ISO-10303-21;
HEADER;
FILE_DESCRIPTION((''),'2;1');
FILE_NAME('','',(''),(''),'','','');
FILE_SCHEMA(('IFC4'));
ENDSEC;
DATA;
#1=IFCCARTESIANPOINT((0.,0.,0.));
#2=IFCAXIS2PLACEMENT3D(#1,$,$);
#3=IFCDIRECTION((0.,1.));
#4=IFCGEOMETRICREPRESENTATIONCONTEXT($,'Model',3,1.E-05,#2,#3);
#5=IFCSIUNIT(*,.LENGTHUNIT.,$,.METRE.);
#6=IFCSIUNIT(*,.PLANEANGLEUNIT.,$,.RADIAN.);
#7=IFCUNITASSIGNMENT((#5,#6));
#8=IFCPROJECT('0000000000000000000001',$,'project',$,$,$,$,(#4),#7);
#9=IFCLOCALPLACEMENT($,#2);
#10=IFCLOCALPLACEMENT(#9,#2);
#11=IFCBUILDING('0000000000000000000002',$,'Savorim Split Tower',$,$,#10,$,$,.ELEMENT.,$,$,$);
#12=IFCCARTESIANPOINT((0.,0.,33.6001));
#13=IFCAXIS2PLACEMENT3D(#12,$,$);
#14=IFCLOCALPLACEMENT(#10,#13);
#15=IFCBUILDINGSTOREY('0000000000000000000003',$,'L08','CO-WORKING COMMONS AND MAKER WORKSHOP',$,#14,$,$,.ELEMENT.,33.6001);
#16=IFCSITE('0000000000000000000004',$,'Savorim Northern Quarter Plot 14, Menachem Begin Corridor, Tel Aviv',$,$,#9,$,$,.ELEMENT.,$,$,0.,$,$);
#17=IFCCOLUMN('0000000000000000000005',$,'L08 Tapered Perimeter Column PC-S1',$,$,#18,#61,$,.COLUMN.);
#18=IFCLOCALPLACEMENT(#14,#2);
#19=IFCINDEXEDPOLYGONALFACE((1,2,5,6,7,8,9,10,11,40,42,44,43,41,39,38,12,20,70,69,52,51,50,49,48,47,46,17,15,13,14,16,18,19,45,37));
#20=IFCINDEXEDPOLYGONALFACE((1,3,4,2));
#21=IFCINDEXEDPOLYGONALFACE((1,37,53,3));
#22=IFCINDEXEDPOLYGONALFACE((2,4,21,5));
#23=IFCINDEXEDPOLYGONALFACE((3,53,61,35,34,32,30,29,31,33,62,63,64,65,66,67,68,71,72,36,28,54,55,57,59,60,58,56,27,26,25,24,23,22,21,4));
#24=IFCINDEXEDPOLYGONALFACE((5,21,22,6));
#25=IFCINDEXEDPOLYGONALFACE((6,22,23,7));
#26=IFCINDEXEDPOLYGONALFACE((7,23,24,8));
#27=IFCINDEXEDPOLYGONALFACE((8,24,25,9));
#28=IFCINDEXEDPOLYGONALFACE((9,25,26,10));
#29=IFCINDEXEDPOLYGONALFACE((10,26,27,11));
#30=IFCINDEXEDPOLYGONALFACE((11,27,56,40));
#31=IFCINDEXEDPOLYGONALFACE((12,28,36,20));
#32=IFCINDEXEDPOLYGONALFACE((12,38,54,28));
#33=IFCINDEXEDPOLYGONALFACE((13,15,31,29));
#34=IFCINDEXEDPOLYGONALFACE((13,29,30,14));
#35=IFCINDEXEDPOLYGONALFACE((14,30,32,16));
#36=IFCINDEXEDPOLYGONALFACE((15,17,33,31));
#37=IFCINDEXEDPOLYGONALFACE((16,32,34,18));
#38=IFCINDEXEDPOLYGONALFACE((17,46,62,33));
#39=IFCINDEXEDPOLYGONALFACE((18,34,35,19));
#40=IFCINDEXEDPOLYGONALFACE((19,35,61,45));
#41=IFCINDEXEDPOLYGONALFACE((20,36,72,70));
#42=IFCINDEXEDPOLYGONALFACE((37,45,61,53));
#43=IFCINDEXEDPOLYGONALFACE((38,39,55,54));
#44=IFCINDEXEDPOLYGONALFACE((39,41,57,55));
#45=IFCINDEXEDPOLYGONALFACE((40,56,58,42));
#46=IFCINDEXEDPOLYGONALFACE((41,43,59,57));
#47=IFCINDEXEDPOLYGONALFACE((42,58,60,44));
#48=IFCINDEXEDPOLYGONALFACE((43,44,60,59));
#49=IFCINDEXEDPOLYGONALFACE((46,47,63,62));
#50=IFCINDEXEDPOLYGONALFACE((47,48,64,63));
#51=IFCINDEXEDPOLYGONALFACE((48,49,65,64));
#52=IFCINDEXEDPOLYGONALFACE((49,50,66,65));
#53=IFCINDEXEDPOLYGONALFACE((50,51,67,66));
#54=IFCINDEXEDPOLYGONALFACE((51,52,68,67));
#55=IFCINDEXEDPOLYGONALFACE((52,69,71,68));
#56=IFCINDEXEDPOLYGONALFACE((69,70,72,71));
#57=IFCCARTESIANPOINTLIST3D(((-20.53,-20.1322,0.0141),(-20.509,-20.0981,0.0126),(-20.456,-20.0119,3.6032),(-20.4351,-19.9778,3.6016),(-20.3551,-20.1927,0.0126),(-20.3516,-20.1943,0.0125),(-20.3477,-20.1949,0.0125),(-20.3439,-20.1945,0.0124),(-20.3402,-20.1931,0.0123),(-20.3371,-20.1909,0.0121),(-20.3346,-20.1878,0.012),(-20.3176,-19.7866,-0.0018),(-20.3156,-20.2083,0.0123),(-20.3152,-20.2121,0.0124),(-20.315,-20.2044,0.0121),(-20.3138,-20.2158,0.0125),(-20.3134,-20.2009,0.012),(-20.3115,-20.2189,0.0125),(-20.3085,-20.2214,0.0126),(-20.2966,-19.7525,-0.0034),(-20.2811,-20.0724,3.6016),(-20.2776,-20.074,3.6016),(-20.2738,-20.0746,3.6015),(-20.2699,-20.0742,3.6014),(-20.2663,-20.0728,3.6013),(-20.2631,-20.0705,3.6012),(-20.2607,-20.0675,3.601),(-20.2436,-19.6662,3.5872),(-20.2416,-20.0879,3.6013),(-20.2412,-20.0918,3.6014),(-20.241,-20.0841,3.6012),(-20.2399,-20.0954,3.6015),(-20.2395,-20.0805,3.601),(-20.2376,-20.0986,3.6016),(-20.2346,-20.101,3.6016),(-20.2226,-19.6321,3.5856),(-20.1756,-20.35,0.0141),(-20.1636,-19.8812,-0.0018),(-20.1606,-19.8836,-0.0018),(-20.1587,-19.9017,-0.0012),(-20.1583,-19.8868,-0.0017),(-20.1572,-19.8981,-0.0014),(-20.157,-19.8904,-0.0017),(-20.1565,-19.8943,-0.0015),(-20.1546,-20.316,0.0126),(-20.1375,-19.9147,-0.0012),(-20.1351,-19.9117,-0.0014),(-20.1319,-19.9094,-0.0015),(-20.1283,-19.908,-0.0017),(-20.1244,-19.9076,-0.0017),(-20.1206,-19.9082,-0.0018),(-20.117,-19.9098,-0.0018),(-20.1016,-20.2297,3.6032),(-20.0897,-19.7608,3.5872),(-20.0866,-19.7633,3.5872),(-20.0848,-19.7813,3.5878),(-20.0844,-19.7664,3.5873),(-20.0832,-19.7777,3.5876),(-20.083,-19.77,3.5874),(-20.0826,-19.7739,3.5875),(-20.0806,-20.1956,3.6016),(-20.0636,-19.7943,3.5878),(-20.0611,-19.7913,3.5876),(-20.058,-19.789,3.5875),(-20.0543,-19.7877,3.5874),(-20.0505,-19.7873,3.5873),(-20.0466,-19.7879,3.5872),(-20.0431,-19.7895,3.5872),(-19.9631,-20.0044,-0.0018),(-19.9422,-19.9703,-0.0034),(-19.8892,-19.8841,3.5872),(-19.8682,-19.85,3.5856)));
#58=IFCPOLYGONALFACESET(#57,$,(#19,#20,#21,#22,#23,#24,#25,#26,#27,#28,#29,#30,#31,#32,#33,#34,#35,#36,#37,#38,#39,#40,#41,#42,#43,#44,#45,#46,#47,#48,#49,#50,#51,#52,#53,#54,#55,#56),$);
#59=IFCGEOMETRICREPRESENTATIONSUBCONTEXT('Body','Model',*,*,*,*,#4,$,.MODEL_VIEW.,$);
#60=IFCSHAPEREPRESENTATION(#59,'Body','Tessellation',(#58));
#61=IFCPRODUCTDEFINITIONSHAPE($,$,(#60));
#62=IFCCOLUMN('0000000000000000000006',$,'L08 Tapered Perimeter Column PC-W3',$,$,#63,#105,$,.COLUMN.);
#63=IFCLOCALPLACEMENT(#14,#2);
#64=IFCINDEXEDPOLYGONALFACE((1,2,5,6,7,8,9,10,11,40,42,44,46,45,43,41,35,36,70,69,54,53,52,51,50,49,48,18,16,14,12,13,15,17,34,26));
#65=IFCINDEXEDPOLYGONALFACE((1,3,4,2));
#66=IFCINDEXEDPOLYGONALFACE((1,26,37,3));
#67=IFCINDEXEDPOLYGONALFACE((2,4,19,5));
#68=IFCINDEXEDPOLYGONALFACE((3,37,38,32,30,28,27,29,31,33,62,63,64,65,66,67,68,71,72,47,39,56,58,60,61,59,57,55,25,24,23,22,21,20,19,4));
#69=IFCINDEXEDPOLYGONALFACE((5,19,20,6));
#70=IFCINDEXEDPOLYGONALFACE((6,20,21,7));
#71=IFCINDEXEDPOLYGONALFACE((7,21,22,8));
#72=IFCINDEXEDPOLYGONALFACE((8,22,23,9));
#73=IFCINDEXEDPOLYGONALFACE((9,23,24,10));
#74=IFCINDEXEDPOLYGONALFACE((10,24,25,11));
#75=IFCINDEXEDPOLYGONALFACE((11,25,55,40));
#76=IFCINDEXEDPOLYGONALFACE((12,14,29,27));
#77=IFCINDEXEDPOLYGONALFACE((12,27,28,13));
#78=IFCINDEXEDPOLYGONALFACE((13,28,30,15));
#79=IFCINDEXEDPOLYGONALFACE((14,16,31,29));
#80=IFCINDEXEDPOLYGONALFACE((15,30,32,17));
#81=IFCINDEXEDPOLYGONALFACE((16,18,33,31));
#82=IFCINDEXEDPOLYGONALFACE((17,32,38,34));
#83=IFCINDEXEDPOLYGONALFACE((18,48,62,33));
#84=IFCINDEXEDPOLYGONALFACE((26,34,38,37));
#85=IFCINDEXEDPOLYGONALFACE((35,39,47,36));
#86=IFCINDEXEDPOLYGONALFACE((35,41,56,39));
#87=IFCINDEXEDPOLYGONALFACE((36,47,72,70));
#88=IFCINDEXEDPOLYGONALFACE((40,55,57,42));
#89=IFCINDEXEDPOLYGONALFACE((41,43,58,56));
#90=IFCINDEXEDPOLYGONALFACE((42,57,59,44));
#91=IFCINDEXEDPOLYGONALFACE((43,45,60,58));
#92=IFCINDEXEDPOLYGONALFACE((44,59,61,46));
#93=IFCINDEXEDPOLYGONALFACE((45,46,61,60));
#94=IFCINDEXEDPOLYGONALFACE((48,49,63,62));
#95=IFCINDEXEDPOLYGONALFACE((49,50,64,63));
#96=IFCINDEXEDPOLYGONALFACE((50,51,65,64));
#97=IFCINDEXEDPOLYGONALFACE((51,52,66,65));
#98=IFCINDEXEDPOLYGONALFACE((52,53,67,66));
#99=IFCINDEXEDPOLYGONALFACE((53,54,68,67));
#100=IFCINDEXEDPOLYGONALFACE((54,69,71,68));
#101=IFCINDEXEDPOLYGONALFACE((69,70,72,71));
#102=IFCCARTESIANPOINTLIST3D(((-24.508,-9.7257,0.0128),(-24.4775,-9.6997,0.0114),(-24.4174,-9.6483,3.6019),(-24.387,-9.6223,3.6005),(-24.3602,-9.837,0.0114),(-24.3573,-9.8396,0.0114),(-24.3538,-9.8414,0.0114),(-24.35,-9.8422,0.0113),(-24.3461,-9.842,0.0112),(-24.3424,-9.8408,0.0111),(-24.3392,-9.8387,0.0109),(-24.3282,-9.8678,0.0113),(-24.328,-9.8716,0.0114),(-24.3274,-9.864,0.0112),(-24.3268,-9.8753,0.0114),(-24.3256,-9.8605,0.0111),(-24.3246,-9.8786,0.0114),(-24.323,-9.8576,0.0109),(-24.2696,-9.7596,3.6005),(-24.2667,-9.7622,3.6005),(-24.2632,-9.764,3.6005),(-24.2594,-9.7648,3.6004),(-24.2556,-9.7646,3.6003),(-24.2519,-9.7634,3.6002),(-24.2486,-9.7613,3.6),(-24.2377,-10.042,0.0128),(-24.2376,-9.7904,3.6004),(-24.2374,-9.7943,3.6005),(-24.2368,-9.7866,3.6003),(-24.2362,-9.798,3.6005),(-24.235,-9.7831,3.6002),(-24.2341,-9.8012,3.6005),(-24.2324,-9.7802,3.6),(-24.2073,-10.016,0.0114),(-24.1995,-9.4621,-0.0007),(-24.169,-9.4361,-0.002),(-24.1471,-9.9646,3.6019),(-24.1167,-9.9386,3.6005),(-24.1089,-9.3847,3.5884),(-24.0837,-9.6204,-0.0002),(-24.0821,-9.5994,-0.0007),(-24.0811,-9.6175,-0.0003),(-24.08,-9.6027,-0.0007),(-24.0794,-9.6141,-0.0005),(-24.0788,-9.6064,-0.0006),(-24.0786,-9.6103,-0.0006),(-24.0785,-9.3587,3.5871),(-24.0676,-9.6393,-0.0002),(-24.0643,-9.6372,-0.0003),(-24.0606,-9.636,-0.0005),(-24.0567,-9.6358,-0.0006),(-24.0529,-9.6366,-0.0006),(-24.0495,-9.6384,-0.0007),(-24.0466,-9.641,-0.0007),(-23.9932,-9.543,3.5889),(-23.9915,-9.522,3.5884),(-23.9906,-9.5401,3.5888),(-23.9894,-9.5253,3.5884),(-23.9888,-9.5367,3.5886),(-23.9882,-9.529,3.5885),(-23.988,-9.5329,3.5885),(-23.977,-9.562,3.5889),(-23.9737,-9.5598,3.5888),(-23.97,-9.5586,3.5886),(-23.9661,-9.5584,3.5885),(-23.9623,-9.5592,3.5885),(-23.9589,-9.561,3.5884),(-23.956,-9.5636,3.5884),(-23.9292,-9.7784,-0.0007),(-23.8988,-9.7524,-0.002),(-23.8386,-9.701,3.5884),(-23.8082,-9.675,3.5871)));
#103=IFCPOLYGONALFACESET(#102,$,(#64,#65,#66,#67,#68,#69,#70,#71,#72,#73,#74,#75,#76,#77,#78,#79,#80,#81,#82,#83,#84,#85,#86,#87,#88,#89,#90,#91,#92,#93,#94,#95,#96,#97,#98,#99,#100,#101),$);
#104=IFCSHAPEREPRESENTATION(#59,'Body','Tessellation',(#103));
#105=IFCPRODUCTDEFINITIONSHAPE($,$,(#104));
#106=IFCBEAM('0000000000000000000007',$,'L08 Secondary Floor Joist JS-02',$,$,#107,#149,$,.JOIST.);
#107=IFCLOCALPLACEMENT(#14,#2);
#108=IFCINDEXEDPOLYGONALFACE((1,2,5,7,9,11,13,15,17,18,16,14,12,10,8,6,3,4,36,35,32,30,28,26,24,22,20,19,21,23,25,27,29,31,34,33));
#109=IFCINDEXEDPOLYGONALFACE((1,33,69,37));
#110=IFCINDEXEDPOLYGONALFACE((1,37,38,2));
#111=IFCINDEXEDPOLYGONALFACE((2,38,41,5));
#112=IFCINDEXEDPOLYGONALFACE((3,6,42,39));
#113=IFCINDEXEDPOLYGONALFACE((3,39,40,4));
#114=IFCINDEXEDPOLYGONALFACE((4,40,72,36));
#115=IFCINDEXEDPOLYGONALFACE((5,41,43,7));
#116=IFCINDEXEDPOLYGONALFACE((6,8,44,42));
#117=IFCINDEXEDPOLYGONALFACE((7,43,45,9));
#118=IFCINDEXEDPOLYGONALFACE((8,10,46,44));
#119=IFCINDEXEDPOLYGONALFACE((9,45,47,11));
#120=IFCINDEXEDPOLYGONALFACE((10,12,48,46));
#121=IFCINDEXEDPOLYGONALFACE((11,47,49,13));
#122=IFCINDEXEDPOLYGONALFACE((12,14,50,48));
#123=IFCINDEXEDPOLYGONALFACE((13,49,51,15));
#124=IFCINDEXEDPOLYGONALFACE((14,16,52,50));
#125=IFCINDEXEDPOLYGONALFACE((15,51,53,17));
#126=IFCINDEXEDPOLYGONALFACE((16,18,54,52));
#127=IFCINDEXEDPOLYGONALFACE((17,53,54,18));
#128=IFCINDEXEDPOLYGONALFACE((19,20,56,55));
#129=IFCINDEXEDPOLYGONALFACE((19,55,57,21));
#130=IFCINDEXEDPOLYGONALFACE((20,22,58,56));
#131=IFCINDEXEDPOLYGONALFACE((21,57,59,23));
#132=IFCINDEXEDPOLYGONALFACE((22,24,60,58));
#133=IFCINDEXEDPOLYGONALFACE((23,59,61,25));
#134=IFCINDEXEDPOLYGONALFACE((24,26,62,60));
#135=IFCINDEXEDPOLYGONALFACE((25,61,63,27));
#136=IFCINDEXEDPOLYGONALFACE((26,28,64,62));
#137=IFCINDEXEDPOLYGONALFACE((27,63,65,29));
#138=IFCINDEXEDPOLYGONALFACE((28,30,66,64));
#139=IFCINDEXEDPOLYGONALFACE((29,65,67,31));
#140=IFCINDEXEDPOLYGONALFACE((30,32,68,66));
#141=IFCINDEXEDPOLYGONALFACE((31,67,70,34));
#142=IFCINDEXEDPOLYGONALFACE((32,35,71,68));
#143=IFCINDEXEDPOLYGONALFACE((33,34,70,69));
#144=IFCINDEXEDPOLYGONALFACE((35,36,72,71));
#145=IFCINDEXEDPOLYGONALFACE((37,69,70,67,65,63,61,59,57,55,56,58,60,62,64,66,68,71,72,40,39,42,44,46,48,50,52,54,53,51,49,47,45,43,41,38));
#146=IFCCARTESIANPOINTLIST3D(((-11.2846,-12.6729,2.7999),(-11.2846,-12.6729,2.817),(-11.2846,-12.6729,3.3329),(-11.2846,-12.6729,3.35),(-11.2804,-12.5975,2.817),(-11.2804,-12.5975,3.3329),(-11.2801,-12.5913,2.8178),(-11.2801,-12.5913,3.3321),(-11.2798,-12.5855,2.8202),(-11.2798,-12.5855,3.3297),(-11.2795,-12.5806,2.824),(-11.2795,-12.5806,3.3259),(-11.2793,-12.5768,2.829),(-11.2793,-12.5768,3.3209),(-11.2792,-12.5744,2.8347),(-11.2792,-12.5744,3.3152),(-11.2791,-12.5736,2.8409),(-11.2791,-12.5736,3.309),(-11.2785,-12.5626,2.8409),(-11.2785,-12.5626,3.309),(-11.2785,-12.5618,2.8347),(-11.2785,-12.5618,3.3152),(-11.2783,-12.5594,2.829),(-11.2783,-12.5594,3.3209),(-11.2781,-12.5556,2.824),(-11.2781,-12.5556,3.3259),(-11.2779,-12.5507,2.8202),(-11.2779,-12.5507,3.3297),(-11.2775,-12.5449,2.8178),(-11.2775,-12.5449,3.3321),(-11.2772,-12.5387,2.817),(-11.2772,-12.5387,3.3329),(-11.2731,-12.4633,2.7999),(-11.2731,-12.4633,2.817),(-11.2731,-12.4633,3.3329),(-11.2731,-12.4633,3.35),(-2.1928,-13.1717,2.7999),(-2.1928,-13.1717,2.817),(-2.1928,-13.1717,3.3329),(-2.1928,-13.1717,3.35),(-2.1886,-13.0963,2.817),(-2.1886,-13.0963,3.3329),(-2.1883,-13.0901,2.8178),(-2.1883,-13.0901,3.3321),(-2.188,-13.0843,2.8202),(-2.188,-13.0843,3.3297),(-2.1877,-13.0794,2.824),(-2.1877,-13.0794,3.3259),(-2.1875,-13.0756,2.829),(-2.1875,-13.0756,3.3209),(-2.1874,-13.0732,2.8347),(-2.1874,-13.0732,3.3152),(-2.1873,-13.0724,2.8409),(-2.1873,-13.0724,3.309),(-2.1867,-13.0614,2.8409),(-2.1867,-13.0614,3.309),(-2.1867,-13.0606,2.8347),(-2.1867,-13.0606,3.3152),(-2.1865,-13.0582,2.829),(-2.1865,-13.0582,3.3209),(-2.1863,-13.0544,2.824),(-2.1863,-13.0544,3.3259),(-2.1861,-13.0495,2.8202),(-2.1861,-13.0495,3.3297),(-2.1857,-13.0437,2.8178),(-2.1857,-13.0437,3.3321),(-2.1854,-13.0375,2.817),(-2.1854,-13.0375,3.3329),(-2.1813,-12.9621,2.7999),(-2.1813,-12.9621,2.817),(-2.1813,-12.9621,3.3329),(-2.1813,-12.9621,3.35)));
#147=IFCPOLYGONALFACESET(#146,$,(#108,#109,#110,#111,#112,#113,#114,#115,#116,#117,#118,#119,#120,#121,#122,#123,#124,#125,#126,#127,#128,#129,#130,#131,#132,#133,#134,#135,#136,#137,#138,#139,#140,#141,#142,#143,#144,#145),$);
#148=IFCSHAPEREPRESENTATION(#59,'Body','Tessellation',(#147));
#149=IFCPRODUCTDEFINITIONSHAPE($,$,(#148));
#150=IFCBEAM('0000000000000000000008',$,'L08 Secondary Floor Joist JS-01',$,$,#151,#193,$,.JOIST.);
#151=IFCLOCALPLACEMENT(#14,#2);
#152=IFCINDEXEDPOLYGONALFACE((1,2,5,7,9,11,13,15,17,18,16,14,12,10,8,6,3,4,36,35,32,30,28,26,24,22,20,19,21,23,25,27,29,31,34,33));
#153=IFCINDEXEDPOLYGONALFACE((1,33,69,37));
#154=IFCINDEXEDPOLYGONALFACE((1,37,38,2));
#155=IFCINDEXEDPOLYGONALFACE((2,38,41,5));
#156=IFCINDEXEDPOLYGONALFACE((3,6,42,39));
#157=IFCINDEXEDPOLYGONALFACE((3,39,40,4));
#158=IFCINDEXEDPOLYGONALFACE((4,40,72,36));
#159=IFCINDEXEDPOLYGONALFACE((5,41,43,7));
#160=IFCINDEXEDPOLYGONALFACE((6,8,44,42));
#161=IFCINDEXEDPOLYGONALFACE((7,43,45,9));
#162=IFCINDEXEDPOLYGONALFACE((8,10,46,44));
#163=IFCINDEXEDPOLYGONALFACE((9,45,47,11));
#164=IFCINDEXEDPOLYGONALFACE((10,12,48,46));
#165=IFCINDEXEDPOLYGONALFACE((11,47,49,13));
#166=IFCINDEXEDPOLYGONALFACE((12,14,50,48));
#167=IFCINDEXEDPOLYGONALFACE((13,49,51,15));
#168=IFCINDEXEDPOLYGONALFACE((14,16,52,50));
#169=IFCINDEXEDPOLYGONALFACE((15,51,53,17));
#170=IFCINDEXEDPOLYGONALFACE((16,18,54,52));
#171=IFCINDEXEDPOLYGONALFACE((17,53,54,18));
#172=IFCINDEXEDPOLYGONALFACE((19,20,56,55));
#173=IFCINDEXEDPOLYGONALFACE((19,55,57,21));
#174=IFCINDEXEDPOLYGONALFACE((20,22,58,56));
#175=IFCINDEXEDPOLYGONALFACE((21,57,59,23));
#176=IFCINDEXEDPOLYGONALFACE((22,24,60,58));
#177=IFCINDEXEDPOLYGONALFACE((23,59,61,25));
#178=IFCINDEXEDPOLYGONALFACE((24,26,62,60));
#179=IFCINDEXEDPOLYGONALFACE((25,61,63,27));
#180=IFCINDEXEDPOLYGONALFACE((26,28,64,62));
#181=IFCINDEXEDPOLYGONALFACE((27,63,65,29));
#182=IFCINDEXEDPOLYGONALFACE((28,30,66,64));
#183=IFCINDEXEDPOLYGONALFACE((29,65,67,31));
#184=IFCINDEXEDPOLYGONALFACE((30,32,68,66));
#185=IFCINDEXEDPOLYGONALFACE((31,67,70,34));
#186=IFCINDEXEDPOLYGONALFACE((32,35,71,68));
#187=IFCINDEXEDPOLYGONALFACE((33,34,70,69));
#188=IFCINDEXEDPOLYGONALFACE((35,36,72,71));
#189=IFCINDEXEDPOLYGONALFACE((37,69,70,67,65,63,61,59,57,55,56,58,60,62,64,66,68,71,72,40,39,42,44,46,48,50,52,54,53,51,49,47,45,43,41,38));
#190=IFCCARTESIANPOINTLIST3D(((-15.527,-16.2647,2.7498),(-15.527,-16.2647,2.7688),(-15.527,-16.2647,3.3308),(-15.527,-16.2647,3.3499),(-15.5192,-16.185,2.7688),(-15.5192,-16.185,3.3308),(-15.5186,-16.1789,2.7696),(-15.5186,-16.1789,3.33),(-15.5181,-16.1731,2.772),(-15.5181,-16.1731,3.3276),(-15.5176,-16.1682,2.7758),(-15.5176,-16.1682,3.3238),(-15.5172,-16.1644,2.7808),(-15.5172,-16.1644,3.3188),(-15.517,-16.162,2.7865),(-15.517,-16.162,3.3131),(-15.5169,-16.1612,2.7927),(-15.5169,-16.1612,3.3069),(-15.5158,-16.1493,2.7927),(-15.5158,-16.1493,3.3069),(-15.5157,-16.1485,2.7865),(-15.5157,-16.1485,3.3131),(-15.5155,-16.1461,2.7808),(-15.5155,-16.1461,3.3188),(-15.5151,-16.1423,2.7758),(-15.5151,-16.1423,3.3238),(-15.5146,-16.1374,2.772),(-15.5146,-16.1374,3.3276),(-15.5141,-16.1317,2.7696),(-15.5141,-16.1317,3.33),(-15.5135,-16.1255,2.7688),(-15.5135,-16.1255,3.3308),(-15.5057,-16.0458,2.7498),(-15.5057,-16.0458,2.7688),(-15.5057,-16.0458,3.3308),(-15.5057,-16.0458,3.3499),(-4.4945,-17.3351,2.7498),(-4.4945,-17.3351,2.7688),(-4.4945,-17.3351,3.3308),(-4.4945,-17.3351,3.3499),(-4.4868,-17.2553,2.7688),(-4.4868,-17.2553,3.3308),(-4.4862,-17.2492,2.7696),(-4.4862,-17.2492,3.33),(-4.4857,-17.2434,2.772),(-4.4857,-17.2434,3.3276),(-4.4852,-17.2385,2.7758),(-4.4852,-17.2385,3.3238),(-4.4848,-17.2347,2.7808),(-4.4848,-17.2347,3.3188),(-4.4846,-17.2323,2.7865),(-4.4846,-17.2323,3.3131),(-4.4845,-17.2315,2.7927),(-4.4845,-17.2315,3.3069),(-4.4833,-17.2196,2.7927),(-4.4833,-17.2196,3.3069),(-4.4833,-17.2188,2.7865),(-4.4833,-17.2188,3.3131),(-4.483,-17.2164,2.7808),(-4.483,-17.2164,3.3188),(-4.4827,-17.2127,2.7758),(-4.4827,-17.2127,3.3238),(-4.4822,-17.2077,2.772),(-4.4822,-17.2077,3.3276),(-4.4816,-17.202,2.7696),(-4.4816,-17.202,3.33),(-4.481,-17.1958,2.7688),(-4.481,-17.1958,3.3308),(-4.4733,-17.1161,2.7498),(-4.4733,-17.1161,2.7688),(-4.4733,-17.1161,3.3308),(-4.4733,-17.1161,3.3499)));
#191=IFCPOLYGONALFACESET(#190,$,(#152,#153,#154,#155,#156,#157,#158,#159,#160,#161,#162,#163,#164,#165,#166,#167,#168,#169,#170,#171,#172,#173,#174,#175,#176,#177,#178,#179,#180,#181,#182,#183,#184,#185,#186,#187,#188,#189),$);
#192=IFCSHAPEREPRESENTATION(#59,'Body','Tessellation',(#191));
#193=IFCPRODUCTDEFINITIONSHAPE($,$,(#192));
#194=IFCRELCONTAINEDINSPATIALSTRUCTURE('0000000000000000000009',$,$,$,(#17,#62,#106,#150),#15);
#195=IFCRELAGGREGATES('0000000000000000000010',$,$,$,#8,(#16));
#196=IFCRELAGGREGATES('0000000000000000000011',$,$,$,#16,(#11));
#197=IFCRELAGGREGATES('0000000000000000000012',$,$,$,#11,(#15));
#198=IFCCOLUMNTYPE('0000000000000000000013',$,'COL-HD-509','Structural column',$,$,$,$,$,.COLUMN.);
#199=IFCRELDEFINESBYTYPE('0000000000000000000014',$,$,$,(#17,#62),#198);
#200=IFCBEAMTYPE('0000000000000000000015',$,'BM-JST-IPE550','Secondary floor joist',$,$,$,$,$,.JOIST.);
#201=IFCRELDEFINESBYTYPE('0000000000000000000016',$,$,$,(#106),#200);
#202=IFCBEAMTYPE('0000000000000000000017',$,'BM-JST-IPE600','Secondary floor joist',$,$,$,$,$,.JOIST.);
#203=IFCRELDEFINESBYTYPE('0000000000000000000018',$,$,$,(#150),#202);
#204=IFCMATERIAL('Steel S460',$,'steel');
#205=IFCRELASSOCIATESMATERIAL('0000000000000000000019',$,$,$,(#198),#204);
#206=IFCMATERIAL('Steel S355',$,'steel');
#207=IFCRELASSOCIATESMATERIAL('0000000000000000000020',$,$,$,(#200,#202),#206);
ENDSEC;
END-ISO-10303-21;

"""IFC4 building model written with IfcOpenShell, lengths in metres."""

from ifc_helpers import new_model, si_unit, direction, frame, origin, origin_2d, place, context, subcontext, project, spatial, i_section, extrude, material, material_profile, profile_set, type_object, element, save


model = new_model("IFC4")

# Units and contexts
model_context = context("Model", 3, precision=1e-05, world=origin(), true_north=direction((0.0, 1.0)))
body_context = subcontext(model_context, "Body", "Model", "MODEL_VIEW")
ifc_project = project(units=[si_unit("LENGTHUNIT", "METRE"), si_unit("PLANEANGLEUNIT", "RADIAN")], contexts=[model_context])

# Site, building, storey
site_placement = place(None, origin())
site = spatial("IfcSite", under=ifc_project, at=site_placement, Name="Savorim Northern Quarter Plot 14, Menachem Begin Corridor, Tel Aviv", CompositionType="ELEMENT", RefElevation=0.0)
building_placement = place(site_placement, origin())
building = spatial("IfcBuilding", under=site, at=building_placement, Name="Savorim Split Tower", CompositionType="ELEMENT")
storey_placement = place(building_placement, frame((0.0, 0.0, 33.6001)))
storey = spatial("IfcBuildingStorey", under=building, at=storey_placement, Name="L08", Description="CO-WORKING COMMONS AND MAKER WORKSHOP", CompositionType="ELEMENT", Elevation=33.6001)

# Columns
ifc_material_1 = material(Name="Steel S460", Category="steel")
ifc_material_profile_1 = material_profile(ifc_material_1, i_section(OverallWidth=0.416, OverallDepth=0.446, WebThickness=0.0249, FlangeThickness=0.04, FilletRadius=0.0149, at=origin_2d()), Name="HD 400x509")
ifc_profile_set_1 = profile_set([ifc_material_profile_1], Name="Steel S460")
column_type = type_object("IfcColumnType", Name="COL-HD-509", Description="Structural column", PredefinedType="COLUMN", material=ifc_profile_set_1)
column_1_placement = place(storey_placement, frame((-20.2361, -20.0513, 0.0054), z_axis=(0.020595, 0.033509, 0.999226), x_axis=(-0.851955, 0.523615, 0.0)))
element("IfcColumn", 1, at=column_1_placement, inside=storey, type_object=column_type, Name="L08 Tapered Perimeter Column PC-S1", PredefinedType="COLUMN", context=body_context, shape_type="SweptSolid", body=[
    extrude(i_section(OverallWidth=0.416, OverallDepth=0.446, WebThickness=0.0249, FlangeThickness=0.04, FilletRadius=0.0149, at=origin_2d()), origin(), (0.0, 0.0, 1.0), 3.5918),
])
column_2_placement = place(storey_placement, frame((-24.2034, -9.739, 0.0054), z_axis=(0.025222, 0.021551, 0.99945), x_axis=(-0.649609, 0.760268, 0.0)))
element("IfcColumn", 2, at=column_2_placement, inside=storey, type_object=column_type, Name="L08 Tapered Perimeter Column PC-W3", PredefinedType="COLUMN", context=body_context, shape_type="SweptSolid", body=[
    extrude(i_section(OverallWidth=0.416, OverallDepth=0.446, WebThickness=0.0249, FlangeThickness=0.04, FilletRadius=0.0149, at=origin_2d()), origin(), (0.0, 0.0, 1.0), 3.5911),
])

# Beams
ifc_material_2 = material(Name="Steel S355", Category="steel")
ifc_material_profile_2 = material_profile(ifc_material_2, i_section(OverallWidth=0.21, OverallDepth=0.55, WebThickness=0.011, FlangeThickness=0.0171, FilletRadius=0.0239, at=origin_2d()), Name="IPE 550")
ifc_profile_set_2 = profile_set([ifc_material_profile_2], Name="Steel S355")
beam_type_1 = type_object("IfcBeamType", Name="BM-JST-IPE550", Description="Secondary floor joist", PredefinedType="JOIST", material=ifc_profile_set_2)
beam_1_placement = place(storey_placement, frame((-11.2788, -12.5681, 3.075), z_axis=(0.998499, -0.054778, 0.0), x_axis=(0.054778, 0.998499, 0.0)))
element("IfcBeam", 3, at=beam_1_placement, inside=storey, type_object=beam_type_1, Name="L08 Secondary Floor Joist JS-02", PredefinedType="JOIST", context=body_context, shape_type="SweptSolid", body=[
    extrude(i_section(OverallWidth=0.21, OverallDepth=0.55, WebThickness=0.011, FlangeThickness=0.0171, FilletRadius=0.0239, at=origin_2d()), origin(), (0.0, 0.0, 1.0), 9.1055),
])
ifc_material_profile_3 = material_profile(ifc_material_2, i_section(OverallWidth=0.22, OverallDepth=0.6001, WebThickness=0.012, FlangeThickness=0.019, FilletRadius=0.0239, at=origin_2d()), Name="IPE 600")
ifc_profile_set_3 = profile_set([ifc_material_profile_3], Name="Steel S355")
beam_type_2 = type_object("IfcBeamType", Name="BM-JST-IPE600", Description="Secondary floor joist", PredefinedType="JOIST", material=ifc_profile_set_3)
beam_2_placement = place(storey_placement, frame((-15.5164, -16.1553, 3.0498), z_axis=(0.995327, -0.096561, 0.0), x_axis=(0.096561, 0.995327, 0.0)))
element("IfcBeam", 4, at=beam_2_placement, inside=storey, type_object=beam_type_2, Name="L08 Secondary Floor Joist JS-01", PredefinedType="JOIST", context=body_context, shape_type="SweptSolid", body=[
    extrude(i_section(OverallWidth=0.22, OverallDepth=0.6001, WebThickness=0.012, FlangeThickness=0.019, FilletRadius=0.0239, at=origin_2d()), origin(), (0.0, 0.0, 1.0), 11.0842),
])

save(model, "model.ifc")
